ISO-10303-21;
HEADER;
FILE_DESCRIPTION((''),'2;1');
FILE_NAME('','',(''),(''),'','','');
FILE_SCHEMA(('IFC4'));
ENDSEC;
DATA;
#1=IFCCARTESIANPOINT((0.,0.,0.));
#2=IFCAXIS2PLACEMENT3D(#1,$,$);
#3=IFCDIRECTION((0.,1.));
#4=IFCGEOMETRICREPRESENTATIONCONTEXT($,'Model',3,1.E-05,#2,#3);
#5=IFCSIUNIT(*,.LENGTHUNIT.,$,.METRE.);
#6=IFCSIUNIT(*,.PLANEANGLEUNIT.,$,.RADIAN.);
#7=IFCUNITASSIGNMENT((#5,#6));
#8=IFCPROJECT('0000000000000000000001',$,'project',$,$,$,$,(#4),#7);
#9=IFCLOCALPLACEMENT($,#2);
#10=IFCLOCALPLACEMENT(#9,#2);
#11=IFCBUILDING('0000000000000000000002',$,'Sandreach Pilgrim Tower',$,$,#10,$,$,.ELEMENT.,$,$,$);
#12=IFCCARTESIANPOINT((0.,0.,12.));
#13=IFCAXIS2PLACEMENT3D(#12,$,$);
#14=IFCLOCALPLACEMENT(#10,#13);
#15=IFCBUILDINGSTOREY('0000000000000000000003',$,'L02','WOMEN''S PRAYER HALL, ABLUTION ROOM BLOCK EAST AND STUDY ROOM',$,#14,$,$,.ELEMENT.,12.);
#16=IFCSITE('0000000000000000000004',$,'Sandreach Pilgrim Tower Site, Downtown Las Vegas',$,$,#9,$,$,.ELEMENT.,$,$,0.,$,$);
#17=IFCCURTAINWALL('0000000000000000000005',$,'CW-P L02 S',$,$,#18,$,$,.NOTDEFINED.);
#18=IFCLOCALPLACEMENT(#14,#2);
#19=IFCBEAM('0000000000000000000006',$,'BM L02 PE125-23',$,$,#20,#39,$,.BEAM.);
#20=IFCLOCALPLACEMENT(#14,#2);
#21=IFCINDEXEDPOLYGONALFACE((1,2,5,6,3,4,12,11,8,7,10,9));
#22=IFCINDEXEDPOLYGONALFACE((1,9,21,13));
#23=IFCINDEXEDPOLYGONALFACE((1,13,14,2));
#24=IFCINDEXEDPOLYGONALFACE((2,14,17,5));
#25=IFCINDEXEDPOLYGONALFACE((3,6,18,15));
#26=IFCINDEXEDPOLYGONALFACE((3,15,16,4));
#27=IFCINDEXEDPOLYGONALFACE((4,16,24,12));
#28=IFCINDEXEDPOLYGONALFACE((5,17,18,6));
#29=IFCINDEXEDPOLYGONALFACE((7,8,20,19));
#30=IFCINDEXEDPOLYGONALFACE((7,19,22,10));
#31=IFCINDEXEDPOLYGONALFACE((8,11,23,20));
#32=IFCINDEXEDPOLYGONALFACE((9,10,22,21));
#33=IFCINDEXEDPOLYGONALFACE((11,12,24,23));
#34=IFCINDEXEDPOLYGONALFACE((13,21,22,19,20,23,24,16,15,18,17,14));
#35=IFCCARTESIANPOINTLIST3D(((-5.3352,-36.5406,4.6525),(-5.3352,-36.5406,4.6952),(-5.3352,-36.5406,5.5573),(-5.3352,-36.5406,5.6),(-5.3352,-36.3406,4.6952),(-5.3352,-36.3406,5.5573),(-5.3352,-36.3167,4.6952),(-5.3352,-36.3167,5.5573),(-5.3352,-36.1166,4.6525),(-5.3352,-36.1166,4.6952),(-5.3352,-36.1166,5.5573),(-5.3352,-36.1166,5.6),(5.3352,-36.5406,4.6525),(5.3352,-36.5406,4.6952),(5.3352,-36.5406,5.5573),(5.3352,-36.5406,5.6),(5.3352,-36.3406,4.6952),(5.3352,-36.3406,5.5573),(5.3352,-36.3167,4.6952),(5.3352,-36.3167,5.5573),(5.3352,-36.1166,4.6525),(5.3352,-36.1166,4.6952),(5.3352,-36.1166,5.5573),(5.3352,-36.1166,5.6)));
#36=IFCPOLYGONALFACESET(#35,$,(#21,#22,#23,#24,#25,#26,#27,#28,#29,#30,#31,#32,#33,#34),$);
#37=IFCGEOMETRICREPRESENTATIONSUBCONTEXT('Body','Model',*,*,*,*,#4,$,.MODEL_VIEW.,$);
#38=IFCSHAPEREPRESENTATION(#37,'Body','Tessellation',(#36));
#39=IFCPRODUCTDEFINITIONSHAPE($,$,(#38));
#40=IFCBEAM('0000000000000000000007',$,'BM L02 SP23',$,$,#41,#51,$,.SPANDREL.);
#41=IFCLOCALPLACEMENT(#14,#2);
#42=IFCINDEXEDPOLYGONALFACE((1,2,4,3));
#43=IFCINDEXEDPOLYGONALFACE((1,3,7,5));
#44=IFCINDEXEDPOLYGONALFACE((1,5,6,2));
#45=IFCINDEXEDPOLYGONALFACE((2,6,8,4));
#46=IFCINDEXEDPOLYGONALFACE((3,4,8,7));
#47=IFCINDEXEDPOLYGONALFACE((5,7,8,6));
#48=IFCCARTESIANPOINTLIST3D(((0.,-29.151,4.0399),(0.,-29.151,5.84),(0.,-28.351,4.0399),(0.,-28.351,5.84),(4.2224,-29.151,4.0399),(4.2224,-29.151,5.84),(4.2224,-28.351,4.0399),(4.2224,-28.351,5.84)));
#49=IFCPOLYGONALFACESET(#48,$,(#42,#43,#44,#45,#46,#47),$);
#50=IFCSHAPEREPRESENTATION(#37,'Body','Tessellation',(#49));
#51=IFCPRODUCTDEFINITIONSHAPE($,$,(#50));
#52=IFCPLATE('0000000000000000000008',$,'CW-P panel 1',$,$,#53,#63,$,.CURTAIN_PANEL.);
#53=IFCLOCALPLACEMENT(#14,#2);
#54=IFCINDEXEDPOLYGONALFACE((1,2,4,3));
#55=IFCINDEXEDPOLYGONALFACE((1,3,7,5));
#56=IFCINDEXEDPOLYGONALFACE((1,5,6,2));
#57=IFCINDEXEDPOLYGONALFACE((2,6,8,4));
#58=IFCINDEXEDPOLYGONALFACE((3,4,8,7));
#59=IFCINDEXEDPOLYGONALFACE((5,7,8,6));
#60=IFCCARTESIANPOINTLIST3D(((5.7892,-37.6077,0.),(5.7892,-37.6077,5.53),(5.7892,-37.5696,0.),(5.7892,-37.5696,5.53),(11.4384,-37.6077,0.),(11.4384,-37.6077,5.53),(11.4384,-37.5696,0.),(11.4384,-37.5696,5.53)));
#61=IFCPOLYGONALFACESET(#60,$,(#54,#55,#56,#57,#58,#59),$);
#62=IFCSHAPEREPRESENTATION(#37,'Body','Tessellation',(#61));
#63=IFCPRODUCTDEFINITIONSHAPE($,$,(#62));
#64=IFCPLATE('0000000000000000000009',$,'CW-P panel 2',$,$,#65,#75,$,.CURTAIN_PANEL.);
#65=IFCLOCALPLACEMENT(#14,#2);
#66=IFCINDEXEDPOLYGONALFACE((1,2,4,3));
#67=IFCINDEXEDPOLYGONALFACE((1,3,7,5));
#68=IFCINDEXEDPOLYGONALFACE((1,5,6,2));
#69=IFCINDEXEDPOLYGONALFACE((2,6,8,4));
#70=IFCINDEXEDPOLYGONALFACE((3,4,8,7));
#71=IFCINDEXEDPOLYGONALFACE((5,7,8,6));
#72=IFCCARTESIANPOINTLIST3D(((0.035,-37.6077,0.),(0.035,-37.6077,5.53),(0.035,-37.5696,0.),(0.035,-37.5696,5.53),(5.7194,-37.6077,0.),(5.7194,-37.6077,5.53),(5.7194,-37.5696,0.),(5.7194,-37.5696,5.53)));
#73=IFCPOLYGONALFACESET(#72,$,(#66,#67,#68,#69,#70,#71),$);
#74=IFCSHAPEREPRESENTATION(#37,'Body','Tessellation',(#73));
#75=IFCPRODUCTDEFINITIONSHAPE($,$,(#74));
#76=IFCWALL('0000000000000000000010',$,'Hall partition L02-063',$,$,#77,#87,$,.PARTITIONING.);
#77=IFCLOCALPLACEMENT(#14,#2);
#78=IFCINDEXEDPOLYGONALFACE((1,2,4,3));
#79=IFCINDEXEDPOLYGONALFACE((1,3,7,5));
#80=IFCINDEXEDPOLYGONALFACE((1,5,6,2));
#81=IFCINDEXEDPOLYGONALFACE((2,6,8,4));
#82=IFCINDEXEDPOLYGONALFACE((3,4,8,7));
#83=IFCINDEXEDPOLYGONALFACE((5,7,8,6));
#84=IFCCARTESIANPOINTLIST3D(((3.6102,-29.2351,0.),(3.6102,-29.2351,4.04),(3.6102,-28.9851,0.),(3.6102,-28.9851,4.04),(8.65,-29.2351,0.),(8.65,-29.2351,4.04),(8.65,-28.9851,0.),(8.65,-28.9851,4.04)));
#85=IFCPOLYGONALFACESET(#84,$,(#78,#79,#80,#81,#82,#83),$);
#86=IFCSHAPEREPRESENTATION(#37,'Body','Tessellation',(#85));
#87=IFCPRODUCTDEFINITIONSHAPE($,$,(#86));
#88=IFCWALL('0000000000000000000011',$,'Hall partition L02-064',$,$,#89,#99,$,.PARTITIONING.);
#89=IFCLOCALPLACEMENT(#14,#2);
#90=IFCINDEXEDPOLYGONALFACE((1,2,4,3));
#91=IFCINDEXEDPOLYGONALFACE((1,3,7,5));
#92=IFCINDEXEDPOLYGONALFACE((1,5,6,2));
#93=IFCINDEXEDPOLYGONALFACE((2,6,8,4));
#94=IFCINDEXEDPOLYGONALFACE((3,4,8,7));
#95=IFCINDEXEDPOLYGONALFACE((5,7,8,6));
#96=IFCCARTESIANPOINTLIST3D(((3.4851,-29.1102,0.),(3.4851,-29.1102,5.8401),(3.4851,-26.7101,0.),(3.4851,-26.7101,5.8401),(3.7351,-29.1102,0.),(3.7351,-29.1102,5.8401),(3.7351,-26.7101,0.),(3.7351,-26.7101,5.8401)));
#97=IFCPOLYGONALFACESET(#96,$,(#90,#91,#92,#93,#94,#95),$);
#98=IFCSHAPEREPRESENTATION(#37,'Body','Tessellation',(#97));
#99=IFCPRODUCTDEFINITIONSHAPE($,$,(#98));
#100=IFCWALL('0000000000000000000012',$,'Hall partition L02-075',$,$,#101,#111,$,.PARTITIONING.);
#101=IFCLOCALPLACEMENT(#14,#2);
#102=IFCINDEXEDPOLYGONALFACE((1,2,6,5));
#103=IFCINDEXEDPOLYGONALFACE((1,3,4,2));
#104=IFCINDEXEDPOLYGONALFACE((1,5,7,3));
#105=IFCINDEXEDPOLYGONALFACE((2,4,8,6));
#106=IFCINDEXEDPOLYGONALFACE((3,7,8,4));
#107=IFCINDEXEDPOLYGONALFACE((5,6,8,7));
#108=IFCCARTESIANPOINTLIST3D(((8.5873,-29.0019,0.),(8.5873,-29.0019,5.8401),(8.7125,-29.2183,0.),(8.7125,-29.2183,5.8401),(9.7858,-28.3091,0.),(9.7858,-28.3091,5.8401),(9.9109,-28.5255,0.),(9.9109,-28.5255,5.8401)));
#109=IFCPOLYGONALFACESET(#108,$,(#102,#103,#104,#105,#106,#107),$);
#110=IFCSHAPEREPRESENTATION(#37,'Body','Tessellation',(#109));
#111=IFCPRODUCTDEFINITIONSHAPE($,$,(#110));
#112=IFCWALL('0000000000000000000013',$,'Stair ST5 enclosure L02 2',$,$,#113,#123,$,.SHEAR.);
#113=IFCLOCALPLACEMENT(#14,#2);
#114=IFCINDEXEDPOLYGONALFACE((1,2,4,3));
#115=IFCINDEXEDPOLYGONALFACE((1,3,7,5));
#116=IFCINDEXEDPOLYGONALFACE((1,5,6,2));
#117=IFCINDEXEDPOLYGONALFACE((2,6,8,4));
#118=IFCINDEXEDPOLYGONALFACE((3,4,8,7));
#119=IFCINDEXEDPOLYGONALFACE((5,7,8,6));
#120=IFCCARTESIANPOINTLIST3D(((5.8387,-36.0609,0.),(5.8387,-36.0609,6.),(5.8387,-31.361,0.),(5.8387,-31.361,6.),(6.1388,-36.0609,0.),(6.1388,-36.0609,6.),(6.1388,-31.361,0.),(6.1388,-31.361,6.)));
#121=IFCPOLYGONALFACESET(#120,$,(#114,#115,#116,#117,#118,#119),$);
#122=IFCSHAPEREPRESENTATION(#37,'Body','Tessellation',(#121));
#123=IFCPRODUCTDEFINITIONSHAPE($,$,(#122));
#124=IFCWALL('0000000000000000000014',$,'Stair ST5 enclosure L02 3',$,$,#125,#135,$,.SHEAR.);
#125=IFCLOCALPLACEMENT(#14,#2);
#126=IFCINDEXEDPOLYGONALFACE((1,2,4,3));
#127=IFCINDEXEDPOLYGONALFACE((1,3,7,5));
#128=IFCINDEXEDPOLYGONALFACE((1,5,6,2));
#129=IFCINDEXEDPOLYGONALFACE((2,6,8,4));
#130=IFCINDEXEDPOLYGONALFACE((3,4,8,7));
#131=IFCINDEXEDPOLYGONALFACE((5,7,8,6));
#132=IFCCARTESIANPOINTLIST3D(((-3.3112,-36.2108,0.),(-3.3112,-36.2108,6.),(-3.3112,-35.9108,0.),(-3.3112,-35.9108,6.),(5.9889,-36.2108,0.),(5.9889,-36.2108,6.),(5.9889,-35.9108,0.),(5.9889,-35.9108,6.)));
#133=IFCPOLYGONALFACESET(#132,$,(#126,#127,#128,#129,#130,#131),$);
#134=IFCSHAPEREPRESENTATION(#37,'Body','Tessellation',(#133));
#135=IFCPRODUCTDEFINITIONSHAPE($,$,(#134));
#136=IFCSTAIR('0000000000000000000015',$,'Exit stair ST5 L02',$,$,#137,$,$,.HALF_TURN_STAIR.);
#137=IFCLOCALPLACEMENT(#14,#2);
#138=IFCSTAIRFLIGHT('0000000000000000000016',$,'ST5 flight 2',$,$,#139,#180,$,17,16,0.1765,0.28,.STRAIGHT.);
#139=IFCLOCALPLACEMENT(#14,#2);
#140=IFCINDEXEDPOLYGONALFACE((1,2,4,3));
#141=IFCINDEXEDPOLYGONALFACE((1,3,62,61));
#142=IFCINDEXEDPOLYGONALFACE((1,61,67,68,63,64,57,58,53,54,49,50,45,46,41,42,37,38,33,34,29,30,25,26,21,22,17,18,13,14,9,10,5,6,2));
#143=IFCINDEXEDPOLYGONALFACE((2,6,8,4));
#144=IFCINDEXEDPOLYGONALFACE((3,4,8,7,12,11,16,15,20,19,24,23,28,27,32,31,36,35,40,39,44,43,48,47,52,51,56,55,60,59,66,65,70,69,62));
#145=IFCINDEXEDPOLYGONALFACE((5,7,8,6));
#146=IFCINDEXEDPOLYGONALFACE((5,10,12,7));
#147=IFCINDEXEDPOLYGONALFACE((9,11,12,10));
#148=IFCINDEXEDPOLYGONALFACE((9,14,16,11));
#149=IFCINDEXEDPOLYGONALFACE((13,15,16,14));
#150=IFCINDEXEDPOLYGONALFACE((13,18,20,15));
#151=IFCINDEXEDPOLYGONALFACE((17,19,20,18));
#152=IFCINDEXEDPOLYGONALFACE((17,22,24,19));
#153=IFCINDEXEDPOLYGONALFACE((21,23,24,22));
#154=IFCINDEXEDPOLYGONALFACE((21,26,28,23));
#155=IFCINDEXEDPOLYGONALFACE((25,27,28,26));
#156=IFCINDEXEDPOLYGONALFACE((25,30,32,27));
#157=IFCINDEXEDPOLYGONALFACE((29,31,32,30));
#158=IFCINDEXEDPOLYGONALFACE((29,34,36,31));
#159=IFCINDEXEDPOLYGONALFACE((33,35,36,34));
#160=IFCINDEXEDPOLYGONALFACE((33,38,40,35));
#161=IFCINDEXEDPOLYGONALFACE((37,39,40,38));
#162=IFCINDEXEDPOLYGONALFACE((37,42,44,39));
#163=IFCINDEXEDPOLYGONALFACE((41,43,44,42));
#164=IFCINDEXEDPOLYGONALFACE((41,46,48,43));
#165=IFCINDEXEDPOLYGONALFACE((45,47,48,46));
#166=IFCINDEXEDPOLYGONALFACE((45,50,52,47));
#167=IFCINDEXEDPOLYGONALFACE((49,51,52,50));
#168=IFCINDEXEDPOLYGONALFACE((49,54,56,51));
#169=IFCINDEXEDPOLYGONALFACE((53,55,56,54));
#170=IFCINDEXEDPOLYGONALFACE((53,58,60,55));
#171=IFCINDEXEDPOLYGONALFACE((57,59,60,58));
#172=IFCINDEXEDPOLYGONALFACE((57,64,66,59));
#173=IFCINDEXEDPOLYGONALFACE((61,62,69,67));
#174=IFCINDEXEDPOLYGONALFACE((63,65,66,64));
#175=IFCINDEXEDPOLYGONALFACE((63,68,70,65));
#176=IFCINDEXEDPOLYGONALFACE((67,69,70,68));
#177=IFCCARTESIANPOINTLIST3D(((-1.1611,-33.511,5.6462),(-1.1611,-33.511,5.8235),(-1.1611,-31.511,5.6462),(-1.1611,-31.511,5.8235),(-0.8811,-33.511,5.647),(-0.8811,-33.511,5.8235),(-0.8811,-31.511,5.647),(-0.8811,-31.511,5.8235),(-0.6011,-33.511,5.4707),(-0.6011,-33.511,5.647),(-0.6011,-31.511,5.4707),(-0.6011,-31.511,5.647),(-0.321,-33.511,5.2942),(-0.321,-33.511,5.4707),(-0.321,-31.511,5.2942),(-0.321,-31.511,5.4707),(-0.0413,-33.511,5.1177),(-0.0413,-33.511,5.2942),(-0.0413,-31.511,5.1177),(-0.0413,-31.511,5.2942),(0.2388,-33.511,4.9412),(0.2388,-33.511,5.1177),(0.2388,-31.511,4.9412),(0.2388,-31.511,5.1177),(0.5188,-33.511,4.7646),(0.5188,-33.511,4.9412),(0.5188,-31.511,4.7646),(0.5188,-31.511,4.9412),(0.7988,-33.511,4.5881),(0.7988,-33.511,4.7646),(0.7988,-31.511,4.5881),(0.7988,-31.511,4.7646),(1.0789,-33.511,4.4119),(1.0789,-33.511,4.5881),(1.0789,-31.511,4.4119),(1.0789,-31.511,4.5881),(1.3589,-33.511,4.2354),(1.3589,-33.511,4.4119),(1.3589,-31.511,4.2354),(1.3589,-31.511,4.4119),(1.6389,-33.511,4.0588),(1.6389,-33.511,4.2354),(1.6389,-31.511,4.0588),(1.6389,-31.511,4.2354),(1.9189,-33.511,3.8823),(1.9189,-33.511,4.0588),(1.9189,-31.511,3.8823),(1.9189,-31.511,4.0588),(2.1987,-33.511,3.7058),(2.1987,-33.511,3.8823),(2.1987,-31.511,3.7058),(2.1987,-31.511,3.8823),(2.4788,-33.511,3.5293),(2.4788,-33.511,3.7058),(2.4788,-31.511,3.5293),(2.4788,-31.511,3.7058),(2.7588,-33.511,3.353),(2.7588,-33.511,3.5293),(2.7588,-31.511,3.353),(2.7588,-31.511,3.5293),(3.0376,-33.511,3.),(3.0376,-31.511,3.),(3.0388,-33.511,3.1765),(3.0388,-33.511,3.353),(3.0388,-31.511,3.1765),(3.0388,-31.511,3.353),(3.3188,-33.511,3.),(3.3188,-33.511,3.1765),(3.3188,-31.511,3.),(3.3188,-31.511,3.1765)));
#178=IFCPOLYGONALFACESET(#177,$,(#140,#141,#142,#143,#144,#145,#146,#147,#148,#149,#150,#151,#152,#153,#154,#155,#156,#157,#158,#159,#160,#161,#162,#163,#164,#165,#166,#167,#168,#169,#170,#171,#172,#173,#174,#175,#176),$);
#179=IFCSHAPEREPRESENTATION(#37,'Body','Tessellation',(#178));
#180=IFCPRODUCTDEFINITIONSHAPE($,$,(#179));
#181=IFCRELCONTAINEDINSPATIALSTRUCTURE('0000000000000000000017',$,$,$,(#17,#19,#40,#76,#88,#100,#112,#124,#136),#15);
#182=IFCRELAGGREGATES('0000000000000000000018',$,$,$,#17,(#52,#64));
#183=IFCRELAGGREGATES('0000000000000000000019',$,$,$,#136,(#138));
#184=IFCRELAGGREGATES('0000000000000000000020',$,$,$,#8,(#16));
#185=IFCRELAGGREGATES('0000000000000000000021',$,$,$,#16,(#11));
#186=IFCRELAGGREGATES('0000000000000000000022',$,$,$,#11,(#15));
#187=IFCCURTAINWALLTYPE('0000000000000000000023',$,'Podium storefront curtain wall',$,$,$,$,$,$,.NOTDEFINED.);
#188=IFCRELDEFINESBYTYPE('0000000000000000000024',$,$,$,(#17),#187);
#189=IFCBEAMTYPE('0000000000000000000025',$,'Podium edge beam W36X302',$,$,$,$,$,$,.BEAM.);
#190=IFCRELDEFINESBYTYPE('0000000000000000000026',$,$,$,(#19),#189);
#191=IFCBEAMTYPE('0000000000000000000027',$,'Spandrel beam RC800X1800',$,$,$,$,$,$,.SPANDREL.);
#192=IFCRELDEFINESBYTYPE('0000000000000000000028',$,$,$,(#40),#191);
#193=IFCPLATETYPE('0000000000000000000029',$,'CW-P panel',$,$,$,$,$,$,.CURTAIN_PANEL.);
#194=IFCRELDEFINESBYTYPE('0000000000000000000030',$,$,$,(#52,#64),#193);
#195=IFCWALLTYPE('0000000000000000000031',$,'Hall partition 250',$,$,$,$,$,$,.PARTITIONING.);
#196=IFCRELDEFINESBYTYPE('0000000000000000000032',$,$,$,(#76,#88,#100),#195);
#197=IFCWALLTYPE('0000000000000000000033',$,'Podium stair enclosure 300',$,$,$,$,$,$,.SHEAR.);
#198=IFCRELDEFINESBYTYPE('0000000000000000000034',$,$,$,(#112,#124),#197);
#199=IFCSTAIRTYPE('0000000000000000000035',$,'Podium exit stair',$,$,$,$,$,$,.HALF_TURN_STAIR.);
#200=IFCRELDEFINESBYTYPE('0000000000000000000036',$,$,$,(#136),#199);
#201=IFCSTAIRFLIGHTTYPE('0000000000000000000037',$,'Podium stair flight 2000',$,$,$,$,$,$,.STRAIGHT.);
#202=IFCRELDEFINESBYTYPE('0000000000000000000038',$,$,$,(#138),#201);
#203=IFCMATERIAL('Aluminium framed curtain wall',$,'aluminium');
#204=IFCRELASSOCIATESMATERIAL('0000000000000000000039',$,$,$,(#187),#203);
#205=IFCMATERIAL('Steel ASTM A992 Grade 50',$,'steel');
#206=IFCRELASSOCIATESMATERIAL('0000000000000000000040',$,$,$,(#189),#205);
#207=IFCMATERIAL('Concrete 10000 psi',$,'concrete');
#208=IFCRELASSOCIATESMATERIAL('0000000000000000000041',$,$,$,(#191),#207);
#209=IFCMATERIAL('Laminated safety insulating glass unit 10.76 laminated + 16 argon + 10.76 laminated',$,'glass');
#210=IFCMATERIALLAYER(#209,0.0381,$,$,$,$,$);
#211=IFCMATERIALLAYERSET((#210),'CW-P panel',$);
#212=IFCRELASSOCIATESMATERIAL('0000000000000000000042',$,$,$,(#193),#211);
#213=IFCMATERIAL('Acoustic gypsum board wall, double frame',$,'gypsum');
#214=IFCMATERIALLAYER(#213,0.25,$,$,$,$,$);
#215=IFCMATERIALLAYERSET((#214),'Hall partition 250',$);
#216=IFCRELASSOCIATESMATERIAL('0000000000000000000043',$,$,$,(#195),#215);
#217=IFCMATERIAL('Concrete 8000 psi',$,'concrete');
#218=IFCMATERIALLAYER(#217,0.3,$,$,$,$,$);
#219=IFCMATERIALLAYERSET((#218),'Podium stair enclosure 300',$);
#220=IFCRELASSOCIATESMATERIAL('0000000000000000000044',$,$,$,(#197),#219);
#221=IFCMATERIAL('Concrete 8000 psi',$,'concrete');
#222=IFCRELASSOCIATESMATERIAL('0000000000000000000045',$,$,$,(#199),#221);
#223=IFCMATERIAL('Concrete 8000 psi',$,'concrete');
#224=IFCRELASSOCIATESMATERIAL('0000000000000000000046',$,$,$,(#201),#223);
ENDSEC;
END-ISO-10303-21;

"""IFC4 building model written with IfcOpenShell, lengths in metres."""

from ifc_helpers import new_model, si_unit, direction, frame, frame_2d, origin, origin_2d, place, context, subcontext, project, spatial, polyline, rectangle, i_section, outline, extrude, material, layer, layer_set, material_profile, profile_set, type_object, element, aggregate, save


model = new_model("IFC4")

# Units and contexts
model_context = context("Model", 3, precision=1e-05, world=origin(), true_north=direction((0.0, 1.0)))
body_context = subcontext(model_context, "Body", "Model", "MODEL_VIEW")
ifc_project = project(units=[si_unit("LENGTHUNIT", "METRE"), si_unit("PLANEANGLEUNIT", "RADIAN")], contexts=[model_context])

# Site, building, storey
site_placement = place(None, origin())
site = spatial("IfcSite", under=ifc_project, at=site_placement, Name="Sandreach Pilgrim Tower Site, Downtown Las Vegas", CompositionType="ELEMENT", RefElevation=0.0)
building_placement = place(site_placement, origin())
building = spatial("IfcBuilding", under=site, at=building_placement, Name="Sandreach Pilgrim Tower", CompositionType="ELEMENT")
storey_placement = place(building_placement, frame((0.0, 0.0, 12.0)))
storey = spatial("IfcBuildingStorey", under=building, at=storey_placement, Name="L02", Description="WOMEN'S PRAYER HALL, ABLUTION ROOM BLOCK EAST AND STUDY ROOM", CompositionType="ELEMENT", Elevation=12.0)

# Curtain wall
ifc_material_1 = material(Name="Aluminium framed curtain wall", Category="aluminium")
curtain_wall_type = type_object("IfcCurtainWallType", Name="Podium storefront curtain wall", PredefinedType="NOTDEFINED", material=ifc_material_1)
curtain_wall_placement = place(storey_placement, origin())
curtain_wall = element("IfcCurtainWall", 1, at=curtain_wall_placement, inside=storey, type_object=curtain_wall_type, Name="CW-P L02 S", PredefinedType="NOTDEFINED")

# Beams
ifc_material_2 = material(Name="Steel ASTM A992 Grade 50", Category="steel")
ifc_material_profile_1 = material_profile(ifc_material_2, i_section(OverallWidth=0.4241, OverallDepth=0.9475, WebThickness=0.0239, FlangeThickness=0.0427, at=origin_2d()), Name="W36X302")
ifc_profile_set_1 = profile_set([ifc_material_profile_1], Name="Steel ASTM A992 Grade 50")
beam_type_1 = type_object("IfcBeamType", Name="Podium edge beam W36X302", PredefinedType="BEAM", material=ifc_profile_set_1)
beam_1_placement = place(storey_placement, frame((5.3352, -36.3286, 5.1262), z_axis=(-1.0, 0.0, 0.0), x_axis=(0.0, -1.0, 0.0)))
element("IfcBeam", 2, at=beam_1_placement, inside=storey, type_object=beam_type_1, Name="BM L02 PE125-23", PredefinedType="BEAM", context=body_context, shape_type="SweptSolid", body=[
    extrude(i_section(OverallWidth=0.4241, OverallDepth=0.9475, WebThickness=0.0239, FlangeThickness=0.0427, at=origin_2d()), origin(), (0.0, 0.0, 1.0), 10.6704),
])
ifc_material_3 = material(Name="Concrete 10000 psi", Category="concrete")
ifc_material_profile_2 = material_profile(ifc_material_3, rectangle(XDim=0.8, YDim=1.8, at=origin_2d()), Name="RC800X1800")
ifc_profile_set_2 = profile_set([ifc_material_profile_2], Name="Concrete 10000 psi")
beam_type_2 = type_object("IfcBeamType", Name="Spandrel beam RC800X1800", PredefinedType="SPANDREL", material=ifc_profile_set_2)
beam_2_placement = place(storey_placement, frame((4.2224, -28.751, 4.9399), z_axis=(-1.0, 0.0, 0.0), x_axis=(0.0, -1.0, 0.0)))
element("IfcBeam", 3, at=beam_2_placement, inside=storey, type_object=beam_type_2, Name="BM L02 SP23", PredefinedType="SPANDREL", context=body_context, shape_type="SweptSolid", body=[
    extrude(rectangle(XDim=0.8, YDim=1.8, at=origin_2d()), origin(), (0.0, 0.0, 1.0), 4.2224),
])

# Plates
ifc_material_4 = material(Name="Laminated safety insulating glass unit 10.76 laminated + 16 argon + 10.76 laminated", Category="glass")
ifc_layer_1 = layer(ifc_material_4, 0.0381)
ifc_layer_set_1 = layer_set([ifc_layer_1], Name="CW-P panel")
plate_type = type_object("IfcPlateType", Name="CW-P panel", PredefinedType="CURTAIN_PANEL", material=ifc_layer_set_1)
plate_1_placement = place(storey_placement, frame((8.6138, -37.5886, 0.0), z_axis=(0.0, 0.0, 1.0), x_axis=(-1.0, 0.0, 0.0)))
plate_1 = element("IfcPlate", 4, at=plate_1_placement, type_object=plate_type, Name="CW-P panel 1", PredefinedType="CURTAIN_PANEL", context=body_context, shape_type="SweptSolid", body=[
    extrude(rectangle(XDim=5.6492, YDim=0.0381, at=origin_2d()), origin(), (0.0, 0.0, 1.0), 5.53),
])
plate_2_placement = place(storey_placement, frame((2.8772, -37.5886, 0.0), z_axis=(0.0, 0.0, 1.0), x_axis=(-1.0, 0.0, 0.0)))
plate_2 = element("IfcPlate", 5, at=plate_2_placement, type_object=plate_type, Name="CW-P panel 2", PredefinedType="CURTAIN_PANEL", context=body_context, shape_type="SweptSolid", body=[
    extrude(rectangle(XDim=5.6843, YDim=0.0381, at=origin_2d()), origin(), (0.0, 0.0, 1.0), 5.53),
])
aggregate(curtain_wall, [plate_1, plate_2])

# Walls
ifc_material_5 = material(Name="Acoustic gypsum board wall, double frame", Category="gypsum")
ifc_layer_2 = layer(ifc_material_5, 0.25)
ifc_layer_set_2 = layer_set([ifc_layer_2], Name="Hall partition 250")
wall_type_1 = type_object("IfcWallType", Name="Hall partition 250", PredefinedType="PARTITIONING", material=ifc_layer_set_2)
wall_1_placement = place(storey_placement, frame((3.6101, -29.1101, 0.0), z_axis=(0.0, 0.0, 1.0), x_axis=(1.0, 0.0, 0.0)))
element("IfcWall", 6, at=wall_1_placement, inside=storey, type_object=wall_type_1, Name="Hall partition L02-063", PredefinedType="PARTITIONING", context=body_context, shape_type="SweptSolid", body=[
    extrude(rectangle(XDim=5.0398, YDim=0.25, at=frame_2d((2.52, 0.0))), origin(), (0.0, 0.0, 1.0), 4.04),
])
wall_2_placement = place(storey_placement, frame((3.6101, -26.71, 0.0), z_axis=(0.0, 0.0, 1.0), x_axis=(0.0, -1.0, 0.0)))
element("IfcWall", 7, at=wall_2_placement, inside=storey, type_object=wall_type_1, Name="Hall partition L02-064", PredefinedType="PARTITIONING", context=body_context, shape_type="SweptSolid", body=[
    extrude(rectangle(XDim=2.4001, YDim=0.25, at=frame_2d((1.2002, 0.0))), origin(), (0.0, 0.0, 1.0), 5.8401),
])
wall_3_placement = place(storey_placement, frame((8.6499, -29.1101, 0.0), z_axis=(0.0, 0.0, 1.0), x_axis=(0.865736, 0.500501, 0.0)))
element("IfcWall", 8, at=wall_3_placement, inside=storey, type_object=wall_type_1, Name="Hall partition L02-075", PredefinedType="PARTITIONING", context=body_context, shape_type="SweptSolid", body=[
    extrude(rectangle(XDim=1.3843, YDim=0.25, at=frame_2d((0.6921, 0.0))), origin(), (0.0, 0.0, 1.0), 5.8401),
])
ifc_material_6 = material(Name="Concrete 8000 psi", Category="concrete")
ifc_layer_3 = layer(ifc_material_6, 0.3)
ifc_layer_set_3 = layer_set([ifc_layer_3], Name="Podium stair enclosure 300")
wall_type_2 = type_object("IfcWallType", Name="Podium stair enclosure 300", PredefinedType="SHEAR", material=ifc_layer_set_3)
wall_4_placement = place(storey_placement, frame((5.9888, -31.3608, 0.0), z_axis=(0.0, 0.0, 1.0), x_axis=(0.0, -1.0, 0.0)))
element("IfcWall", 9, at=wall_4_placement, inside=storey, type_object=wall_type_2, Name="Stair ST5 enclosure L02 2", PredefinedType="SHEAR", context=body_context, shape_type="SweptSolid", body=[
    extrude(rectangle(XDim=4.7, YDim=0.3, at=frame_2d((2.3501, 0.0))), origin(), (0.0, 0.0, 1.0), 6.0),
])
wall_5_placement = place(storey_placement, frame((5.9888, -36.0608, 0.0), z_axis=(0.0, 0.0, 1.0), x_axis=(-1.0, 0.0, 0.0)))
element("IfcWall", 10, at=wall_5_placement, inside=storey, type_object=wall_type_2, Name="Stair ST5 enclosure L02 3", PredefinedType="SHEAR", context=body_context, shape_type="SweptSolid", body=[
    extrude(rectangle(XDim=9.3, YDim=0.3, at=frame_2d((4.6499, 0.0))), origin(), (0.0, 0.0, 1.0), 6.0),
])

# Stair, stair flight
ifc_material_7 = material(Name="Concrete 8000 psi", Category="concrete")
stair_type = type_object("IfcStairType", Name="Podium exit stair", PredefinedType="HALF_TURN_STAIR", material=ifc_material_7)
stair_placement = place(storey_placement, origin())
stair = element("IfcStair", 11, at=stair_placement, inside=storey, type_object=stair_type, Name="Exit stair ST5 L02", PredefinedType="HALF_TURN_STAIR")
ifc_material_8 = material(Name="Concrete 8000 psi", Category="concrete")
stair_flight_type = type_object("IfcStairFlightType", Name="Podium stair flight 2000", PredefinedType="STRAIGHT", material=ifc_material_8)
stair_flight_placement = place(storey_placement, frame((3.3188, -32.511, 3.0), z_axis=(0.0, 0.0, 1.0), x_axis=(-1.0, 0.0, 0.0)))
stair_flight = element("IfcStairFlight", 12, at=stair_flight_placement, type_object=stair_flight_type, Name="ST5 flight 2", NumberOfRisers=17, NumberOfTreads=16, PredefinedType="STRAIGHT", RiserHeight=0.1765, TreadLength=0.28, context=body_context, shape_type="SweptSolid", body=[
    extrude(outline(polyline([(0.0, 0.0), (0.0, 0.1765), (0.28, 0.1765), (0.28, 0.353), (0.5601, 0.353), (0.5601, 0.5293), (0.8401, 0.5293), (0.8401, 0.7058), (1.1201, 0.7058), (1.1201, 0.8823), (1.3999, 0.8823), (1.3999, 1.0588), (1.6799, 1.0588), (1.6799, 1.2354), (1.96, 1.2354), (1.96, 1.4119), (2.24, 1.4119), (2.24, 1.5881), (2.52, 1.5881), (2.52, 1.7646), (2.8, 1.7646), (2.8, 1.9412), (3.0801, 1.9412), (3.0801, 2.1177), (3.3601, 2.1177), (3.3601, 2.2942), (3.6399, 2.2942), (3.6399, 2.4707), (3.9199, 2.4707), (3.9199, 2.647), (4.2, 2.647), (4.2, 2.8235), (4.48, 2.8235), (4.48, 3.0), (4.48, 2.6462), (0.2812, 0.0), (0.0, 0.0)])), frame((0.0, 1.0, 0.0), z_axis=(0.0, -1.0, 0.0), x_axis=(1.0, 0.0, 0.0)), (0.0, 0.0, 1.0), 2.0),
])
aggregate(stair, [stair_flight])

save(model, "model.ifc")
